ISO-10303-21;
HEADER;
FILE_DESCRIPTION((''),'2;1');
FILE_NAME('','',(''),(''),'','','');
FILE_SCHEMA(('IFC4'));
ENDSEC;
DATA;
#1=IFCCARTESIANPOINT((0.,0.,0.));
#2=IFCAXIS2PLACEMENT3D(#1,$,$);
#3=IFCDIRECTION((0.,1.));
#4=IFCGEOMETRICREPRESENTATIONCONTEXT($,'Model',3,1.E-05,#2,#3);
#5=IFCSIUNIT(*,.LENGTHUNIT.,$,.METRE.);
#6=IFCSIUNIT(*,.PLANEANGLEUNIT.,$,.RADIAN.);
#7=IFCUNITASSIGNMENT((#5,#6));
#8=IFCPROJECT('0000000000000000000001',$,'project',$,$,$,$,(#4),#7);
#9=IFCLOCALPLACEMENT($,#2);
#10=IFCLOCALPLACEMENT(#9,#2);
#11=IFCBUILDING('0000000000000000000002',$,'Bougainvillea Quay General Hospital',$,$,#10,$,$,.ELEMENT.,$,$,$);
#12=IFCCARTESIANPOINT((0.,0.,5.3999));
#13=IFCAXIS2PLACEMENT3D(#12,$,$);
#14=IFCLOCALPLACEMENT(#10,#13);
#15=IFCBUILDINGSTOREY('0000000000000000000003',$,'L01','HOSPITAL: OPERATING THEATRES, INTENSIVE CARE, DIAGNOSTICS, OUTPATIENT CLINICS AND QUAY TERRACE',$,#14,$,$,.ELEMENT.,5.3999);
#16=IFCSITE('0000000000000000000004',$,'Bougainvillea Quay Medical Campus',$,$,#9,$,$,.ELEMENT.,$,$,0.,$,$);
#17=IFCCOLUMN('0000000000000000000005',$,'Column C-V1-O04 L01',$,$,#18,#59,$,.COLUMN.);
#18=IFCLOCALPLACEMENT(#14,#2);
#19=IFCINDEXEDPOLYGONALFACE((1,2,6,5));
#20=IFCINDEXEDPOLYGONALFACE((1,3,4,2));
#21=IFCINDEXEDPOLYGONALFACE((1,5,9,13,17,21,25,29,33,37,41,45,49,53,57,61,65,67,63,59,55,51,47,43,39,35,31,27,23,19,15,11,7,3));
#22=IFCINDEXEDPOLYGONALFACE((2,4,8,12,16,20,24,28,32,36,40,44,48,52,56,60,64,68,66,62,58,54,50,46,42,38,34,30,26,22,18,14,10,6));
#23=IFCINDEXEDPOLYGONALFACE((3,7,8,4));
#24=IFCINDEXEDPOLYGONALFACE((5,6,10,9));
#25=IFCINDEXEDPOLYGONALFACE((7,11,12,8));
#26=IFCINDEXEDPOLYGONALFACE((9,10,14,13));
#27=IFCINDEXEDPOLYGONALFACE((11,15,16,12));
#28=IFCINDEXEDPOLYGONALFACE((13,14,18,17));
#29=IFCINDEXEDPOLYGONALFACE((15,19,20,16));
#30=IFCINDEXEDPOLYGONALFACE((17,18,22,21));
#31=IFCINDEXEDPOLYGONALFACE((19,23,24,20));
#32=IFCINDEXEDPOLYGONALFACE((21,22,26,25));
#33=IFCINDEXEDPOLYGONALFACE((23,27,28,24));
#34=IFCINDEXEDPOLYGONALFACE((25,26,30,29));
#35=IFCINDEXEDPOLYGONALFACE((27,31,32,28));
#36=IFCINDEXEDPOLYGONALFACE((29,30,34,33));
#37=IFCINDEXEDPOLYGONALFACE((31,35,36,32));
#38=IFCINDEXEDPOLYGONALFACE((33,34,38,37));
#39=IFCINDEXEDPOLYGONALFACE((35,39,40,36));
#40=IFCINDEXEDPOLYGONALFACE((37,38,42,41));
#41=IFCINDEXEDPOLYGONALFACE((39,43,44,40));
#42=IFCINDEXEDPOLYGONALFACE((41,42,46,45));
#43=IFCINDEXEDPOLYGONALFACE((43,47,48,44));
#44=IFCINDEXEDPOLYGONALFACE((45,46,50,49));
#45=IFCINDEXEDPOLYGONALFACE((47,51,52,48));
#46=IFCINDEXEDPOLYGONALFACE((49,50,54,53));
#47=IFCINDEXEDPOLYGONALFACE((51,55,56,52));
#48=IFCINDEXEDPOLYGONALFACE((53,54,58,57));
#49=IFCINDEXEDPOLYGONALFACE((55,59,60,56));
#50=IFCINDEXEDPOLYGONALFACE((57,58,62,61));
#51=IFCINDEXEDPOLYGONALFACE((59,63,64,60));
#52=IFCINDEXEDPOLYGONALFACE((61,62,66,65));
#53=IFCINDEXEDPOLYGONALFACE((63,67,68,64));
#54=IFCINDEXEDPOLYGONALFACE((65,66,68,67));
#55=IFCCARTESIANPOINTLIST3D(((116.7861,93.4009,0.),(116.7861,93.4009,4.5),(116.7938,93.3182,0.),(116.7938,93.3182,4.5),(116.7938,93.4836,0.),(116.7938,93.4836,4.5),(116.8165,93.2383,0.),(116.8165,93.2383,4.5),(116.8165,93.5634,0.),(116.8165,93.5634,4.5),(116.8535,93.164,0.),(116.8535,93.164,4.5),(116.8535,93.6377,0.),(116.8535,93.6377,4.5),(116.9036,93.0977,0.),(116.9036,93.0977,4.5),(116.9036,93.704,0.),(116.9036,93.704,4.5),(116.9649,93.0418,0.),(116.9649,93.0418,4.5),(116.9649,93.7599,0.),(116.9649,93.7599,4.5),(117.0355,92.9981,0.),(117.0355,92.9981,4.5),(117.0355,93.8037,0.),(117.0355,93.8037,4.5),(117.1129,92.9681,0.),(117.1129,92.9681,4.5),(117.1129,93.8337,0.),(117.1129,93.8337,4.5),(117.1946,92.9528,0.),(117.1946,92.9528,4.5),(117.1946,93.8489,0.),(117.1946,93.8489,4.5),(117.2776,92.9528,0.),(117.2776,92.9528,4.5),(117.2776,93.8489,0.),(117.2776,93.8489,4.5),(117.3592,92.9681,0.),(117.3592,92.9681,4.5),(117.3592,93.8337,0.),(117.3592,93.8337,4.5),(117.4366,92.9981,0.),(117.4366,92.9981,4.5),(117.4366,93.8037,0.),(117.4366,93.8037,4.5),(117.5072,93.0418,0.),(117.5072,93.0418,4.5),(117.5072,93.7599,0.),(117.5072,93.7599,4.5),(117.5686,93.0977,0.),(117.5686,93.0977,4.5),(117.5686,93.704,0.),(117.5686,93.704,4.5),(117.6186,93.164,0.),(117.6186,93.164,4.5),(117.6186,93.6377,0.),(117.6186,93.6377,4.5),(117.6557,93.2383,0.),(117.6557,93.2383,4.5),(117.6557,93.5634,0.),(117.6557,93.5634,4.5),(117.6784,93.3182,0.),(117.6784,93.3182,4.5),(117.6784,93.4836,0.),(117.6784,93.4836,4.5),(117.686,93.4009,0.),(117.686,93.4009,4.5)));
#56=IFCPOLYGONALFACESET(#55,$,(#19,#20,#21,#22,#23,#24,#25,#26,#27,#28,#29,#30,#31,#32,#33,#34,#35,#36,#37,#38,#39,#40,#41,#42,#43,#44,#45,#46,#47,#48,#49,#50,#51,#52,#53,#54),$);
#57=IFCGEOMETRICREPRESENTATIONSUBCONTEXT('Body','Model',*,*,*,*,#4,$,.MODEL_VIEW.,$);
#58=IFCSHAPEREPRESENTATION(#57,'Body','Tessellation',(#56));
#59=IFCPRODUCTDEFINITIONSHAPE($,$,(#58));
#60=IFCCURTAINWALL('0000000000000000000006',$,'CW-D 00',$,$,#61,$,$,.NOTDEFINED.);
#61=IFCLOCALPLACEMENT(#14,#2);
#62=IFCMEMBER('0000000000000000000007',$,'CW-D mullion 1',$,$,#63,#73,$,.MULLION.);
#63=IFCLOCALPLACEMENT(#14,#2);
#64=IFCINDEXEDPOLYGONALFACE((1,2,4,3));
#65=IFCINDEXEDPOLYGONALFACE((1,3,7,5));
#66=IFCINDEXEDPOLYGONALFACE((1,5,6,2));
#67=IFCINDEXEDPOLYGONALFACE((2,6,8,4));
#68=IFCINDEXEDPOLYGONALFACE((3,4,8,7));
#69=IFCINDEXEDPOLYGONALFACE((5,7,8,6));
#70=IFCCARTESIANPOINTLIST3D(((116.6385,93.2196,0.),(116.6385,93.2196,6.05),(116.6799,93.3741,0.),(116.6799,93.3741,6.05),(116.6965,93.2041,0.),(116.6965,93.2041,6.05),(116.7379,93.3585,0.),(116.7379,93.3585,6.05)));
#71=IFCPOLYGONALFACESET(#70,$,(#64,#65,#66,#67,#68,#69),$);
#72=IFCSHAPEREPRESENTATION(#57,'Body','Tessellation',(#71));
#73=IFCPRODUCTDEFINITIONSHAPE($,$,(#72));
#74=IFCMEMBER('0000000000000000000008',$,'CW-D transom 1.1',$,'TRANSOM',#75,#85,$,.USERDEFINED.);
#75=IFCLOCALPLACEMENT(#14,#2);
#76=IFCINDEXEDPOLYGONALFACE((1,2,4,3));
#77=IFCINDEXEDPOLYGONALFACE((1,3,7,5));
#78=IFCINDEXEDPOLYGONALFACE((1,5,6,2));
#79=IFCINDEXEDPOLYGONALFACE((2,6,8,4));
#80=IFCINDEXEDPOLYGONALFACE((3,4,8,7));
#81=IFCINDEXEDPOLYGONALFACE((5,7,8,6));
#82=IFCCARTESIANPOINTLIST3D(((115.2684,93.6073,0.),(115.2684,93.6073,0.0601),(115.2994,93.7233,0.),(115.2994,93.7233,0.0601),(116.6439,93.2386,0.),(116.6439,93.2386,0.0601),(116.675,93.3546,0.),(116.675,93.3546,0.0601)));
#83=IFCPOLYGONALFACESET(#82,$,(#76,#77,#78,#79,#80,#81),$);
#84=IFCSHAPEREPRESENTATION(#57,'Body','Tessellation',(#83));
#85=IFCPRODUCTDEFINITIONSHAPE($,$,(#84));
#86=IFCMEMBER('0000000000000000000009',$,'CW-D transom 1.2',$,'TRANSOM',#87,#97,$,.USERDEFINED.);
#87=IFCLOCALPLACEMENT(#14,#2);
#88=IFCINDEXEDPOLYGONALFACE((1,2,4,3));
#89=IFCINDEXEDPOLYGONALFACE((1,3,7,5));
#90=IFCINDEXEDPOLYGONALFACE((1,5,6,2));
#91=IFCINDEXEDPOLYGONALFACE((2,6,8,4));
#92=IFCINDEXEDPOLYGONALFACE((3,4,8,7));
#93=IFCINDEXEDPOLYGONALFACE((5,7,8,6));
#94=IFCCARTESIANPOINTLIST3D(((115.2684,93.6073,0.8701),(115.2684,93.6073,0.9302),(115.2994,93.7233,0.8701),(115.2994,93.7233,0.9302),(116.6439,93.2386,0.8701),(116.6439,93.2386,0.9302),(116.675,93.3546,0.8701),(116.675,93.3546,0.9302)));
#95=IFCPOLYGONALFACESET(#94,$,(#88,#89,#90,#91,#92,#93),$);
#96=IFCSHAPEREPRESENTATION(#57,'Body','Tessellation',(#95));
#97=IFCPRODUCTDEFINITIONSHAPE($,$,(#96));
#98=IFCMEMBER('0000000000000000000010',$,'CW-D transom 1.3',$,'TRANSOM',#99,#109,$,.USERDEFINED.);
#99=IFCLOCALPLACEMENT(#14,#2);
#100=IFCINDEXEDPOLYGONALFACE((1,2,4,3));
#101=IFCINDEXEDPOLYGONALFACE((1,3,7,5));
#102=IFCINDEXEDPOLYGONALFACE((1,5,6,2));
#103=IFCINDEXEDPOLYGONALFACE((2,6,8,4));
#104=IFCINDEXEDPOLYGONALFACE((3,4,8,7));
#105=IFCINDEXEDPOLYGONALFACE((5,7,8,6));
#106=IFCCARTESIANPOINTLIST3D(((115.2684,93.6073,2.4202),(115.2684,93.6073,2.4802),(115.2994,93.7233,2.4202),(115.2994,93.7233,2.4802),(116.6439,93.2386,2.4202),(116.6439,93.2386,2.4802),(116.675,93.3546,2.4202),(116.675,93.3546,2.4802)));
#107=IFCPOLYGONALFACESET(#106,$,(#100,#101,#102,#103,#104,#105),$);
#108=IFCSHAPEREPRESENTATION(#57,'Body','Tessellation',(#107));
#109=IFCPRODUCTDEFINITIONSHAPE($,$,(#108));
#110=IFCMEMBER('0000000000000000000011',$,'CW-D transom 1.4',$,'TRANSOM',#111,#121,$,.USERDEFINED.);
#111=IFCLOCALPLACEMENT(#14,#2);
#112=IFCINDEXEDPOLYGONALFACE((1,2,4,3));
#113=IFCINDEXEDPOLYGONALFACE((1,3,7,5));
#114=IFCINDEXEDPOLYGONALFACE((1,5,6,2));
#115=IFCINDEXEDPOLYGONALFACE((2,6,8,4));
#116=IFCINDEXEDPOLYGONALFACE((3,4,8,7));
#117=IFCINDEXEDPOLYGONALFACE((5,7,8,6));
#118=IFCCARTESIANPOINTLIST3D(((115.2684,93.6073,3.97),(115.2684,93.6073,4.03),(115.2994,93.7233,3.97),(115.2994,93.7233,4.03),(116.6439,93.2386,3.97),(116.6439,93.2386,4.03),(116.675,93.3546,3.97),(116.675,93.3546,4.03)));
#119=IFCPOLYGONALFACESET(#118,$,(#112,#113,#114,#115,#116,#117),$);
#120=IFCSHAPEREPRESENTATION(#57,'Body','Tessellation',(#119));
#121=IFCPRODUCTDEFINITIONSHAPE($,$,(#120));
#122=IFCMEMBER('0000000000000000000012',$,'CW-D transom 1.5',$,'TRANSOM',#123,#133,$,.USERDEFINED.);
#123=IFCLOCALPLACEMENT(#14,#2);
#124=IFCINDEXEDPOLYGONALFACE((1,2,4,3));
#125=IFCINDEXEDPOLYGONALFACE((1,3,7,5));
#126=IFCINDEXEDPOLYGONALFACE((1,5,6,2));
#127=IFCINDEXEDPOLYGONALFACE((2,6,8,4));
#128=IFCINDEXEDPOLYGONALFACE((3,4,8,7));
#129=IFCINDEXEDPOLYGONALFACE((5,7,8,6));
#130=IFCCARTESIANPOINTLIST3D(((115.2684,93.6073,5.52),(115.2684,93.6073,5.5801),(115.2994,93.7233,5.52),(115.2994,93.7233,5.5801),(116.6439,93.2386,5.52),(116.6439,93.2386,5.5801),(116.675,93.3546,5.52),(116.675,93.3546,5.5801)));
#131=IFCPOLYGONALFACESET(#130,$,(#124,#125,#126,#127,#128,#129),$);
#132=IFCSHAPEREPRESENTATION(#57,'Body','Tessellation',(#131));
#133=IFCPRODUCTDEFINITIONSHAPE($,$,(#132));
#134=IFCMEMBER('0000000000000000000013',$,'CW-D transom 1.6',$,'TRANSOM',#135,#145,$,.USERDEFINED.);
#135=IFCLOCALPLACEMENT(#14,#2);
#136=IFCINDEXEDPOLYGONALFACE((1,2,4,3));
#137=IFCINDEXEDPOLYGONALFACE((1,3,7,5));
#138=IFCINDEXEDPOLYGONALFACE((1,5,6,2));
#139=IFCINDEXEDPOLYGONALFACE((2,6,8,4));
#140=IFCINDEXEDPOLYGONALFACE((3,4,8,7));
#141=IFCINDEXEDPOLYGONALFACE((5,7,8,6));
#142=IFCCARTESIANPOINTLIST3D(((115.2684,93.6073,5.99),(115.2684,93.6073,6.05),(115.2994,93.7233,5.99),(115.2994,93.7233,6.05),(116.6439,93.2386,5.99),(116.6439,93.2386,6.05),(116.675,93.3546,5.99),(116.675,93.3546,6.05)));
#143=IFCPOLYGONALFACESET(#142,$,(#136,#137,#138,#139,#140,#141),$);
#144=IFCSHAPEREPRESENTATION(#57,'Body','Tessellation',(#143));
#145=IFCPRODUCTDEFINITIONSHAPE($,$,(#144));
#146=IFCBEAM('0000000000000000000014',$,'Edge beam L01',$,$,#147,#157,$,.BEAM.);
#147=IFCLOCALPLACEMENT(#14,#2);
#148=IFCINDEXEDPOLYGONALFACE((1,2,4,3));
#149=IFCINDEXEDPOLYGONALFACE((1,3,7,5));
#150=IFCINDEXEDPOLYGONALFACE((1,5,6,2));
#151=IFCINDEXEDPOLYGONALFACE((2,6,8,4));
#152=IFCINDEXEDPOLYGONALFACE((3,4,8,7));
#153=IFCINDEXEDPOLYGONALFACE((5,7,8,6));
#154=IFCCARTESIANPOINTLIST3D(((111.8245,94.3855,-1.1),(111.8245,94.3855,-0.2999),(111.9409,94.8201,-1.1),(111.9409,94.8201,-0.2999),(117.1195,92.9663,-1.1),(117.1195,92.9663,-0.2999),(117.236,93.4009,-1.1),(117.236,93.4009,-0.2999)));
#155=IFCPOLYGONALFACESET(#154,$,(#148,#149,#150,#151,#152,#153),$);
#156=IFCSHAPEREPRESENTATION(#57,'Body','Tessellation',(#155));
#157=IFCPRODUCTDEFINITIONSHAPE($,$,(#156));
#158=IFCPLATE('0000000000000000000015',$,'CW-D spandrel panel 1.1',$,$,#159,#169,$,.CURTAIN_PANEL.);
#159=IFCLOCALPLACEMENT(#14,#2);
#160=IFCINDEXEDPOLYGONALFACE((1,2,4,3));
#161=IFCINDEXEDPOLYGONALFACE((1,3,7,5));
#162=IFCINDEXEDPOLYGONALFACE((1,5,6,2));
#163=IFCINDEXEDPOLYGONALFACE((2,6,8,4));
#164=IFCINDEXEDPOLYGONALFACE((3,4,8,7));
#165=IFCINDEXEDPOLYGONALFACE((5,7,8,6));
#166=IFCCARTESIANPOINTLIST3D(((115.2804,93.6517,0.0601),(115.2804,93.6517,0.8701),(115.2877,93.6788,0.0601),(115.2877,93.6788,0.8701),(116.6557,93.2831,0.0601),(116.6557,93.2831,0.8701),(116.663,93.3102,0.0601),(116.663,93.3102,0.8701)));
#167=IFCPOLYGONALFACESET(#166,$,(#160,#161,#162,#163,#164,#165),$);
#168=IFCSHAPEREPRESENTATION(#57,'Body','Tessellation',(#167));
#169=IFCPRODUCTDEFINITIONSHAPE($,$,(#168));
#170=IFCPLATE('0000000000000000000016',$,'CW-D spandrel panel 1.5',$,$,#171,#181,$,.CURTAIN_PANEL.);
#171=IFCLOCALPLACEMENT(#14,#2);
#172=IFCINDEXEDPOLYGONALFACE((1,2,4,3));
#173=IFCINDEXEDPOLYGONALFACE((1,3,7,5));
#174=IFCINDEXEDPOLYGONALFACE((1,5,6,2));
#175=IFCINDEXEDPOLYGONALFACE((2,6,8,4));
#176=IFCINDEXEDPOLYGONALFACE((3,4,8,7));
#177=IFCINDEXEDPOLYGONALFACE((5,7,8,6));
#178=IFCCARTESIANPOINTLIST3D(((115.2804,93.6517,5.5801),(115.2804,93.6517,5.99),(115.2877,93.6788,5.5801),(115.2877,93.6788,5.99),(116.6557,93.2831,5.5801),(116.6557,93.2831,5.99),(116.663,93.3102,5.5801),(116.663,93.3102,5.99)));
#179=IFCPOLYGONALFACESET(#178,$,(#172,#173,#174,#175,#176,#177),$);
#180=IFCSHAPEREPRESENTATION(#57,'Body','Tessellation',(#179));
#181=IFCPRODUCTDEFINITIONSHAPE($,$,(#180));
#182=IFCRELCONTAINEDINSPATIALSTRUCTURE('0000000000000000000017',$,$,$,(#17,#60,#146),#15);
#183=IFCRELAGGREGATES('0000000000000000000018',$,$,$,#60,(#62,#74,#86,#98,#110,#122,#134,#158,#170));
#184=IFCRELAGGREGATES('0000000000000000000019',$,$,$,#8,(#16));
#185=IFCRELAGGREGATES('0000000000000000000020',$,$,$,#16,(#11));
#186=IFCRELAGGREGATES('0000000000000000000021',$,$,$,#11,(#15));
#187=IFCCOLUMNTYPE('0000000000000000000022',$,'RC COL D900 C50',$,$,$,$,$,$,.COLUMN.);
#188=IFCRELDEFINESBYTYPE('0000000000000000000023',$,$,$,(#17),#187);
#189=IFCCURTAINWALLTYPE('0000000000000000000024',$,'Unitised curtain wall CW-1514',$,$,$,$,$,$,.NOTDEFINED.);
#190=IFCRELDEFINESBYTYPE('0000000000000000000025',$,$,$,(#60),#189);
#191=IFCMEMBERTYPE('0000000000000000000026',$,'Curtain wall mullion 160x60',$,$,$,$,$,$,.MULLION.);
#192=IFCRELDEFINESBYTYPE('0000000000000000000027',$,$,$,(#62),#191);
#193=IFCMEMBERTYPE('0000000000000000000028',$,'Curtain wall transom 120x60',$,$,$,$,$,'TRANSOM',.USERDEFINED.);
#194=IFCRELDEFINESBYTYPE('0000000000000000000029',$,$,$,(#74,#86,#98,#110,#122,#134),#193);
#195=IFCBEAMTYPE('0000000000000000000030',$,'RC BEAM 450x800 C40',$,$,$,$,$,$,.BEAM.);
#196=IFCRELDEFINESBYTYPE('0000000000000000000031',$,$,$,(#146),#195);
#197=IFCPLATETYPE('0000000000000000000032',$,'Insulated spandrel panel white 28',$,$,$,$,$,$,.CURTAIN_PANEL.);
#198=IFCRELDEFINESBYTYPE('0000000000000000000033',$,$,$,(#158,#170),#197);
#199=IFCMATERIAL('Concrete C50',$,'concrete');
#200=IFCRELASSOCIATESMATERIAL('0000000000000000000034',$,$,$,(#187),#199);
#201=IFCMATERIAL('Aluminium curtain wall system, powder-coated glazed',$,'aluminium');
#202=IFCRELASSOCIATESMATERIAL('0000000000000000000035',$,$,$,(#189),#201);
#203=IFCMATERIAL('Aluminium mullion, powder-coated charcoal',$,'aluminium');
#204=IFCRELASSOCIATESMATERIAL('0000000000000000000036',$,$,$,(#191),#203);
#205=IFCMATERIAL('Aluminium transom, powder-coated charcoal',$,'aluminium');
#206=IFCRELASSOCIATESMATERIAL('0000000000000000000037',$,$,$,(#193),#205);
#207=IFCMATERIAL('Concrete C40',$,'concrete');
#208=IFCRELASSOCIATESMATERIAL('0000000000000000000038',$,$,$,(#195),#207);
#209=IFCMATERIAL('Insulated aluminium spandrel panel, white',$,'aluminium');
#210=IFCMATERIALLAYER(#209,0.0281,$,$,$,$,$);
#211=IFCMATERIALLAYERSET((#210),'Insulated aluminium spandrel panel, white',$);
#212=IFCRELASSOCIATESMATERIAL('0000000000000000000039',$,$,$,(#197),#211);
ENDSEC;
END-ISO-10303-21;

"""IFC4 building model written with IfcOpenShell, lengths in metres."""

from ifc_helpers import new_model, si_unit, direction, frame, origin, origin_2d, place, context, subcontext, project, spatial, rectangle, circle, extrude, material, layer, layer_set, material_profile, profile_set, type_object, element, aggregate, save


model = new_model("IFC4")

# Units and contexts
model_context = context("Model", 3, precision=1e-05, world=origin(), true_north=direction((0.0, 1.0)))
body_context = subcontext(model_context, "Body", "Model", "MODEL_VIEW")
ifc_project = project(units=[si_unit("LENGTHUNIT", "METRE"), si_unit("PLANEANGLEUNIT", "RADIAN")], contexts=[model_context])

# Site, building, storey
site_placement = place(None, origin())
site = spatial("IfcSite", under=ifc_project, at=site_placement, Name="Bougainvillea Quay Medical Campus", CompositionType="ELEMENT", RefElevation=0.0)
building_placement = place(site_placement, origin())
building = spatial("IfcBuilding", under=site, at=building_placement, Name="Bougainvillea Quay General Hospital", CompositionType="ELEMENT")
storey_placement = place(building_placement, frame((0.0, 0.0, 5.3999)))
storey = spatial("IfcBuildingStorey", under=building, at=storey_placement, Name="L01", Description="HOSPITAL: OPERATING THEATRES, INTENSIVE CARE, DIAGNOSTICS, OUTPATIENT CLINICS AND QUAY TERRACE", CompositionType="ELEMENT", Elevation=5.3999)

# Column
ifc_material_1 = material(Name="Concrete C50", Category="concrete")
ifc_material_profile_1 = material_profile(ifc_material_1, circle(Radius=0.45, at=origin_2d()))
ifc_profile_set_1 = profile_set([ifc_material_profile_1], Name="Concrete C50")
column_type = type_object("IfcColumnType", Name="RC COL D900 C50", PredefinedType="COLUMN", material=ifc_profile_set_1)
column_placement = place(storey_placement, frame((117.2361, 93.4009, 0.0), z_axis=(0.0, 0.0, 1.0), x_axis=(1.0, 0.0, 0.0)))
element("IfcColumn", 1, at=column_placement, inside=storey, type_object=column_type, Name="Column C-V1-O04 L01", PredefinedType="COLUMN", context=body_context, shape_type="SweptSolid", body=[
    extrude(circle(Radius=0.45, at=origin_2d()), origin(), (0.0, 0.0, 1.0), 4.5),
])

# Curtain wall, members
ifc_material_2 = material(Name="Aluminium curtain wall system, powder-coated glazed", Category="aluminium")
curtain_wall_type = type_object("IfcCurtainWallType", Name="Unitised curtain wall CW-1514", PredefinedType="NOTDEFINED", material=ifc_material_2)
curtain_wall_placement = place(storey_placement, origin())
curtain_wall = element("IfcCurtainWall", 2, at=curtain_wall_placement, inside=storey, type_object=curtain_wall_type, Name="CW-D 00", PredefinedType="NOTDEFINED")
ifc_material_3 = material(Name="Aluminium mullion, powder-coated charcoal", Category="aluminium")
ifc_material_profile_2 = material_profile(ifc_material_3, rectangle(XDim=0.1599, YDim=0.0601, at=origin_2d()))
ifc_profile_set_2 = profile_set([ifc_material_profile_2], Name="Aluminium mullion, powder-coated charcoal")
member_type_1 = type_object("IfcMemberType", Name="Curtain wall mullion 160x60", PredefinedType="MULLION", material=ifc_profile_set_2)
member_1_placement = place(storey_placement, frame((116.6882, 93.2891, 0.0), z_axis=(0.0, 0.0, 1.0), x_axis=(-0.258855, -0.965916, 0.0)))
member_1 = element("IfcMember", 3, at=member_1_placement, type_object=member_type_1, Name="CW-D mullion 1", PredefinedType="MULLION", context=body_context, shape_type="SweptSolid", body=[
    extrude(rectangle(XDim=0.1599, YDim=0.0601, at=origin_2d()), origin(), (0.0, 0.0, 1.0), 6.05),
])
ifc_material_4 = material(Name="Aluminium transom, powder-coated charcoal", Category="aluminium")
ifc_material_profile_3 = material_profile(ifc_material_4, rectangle(XDim=0.1201, YDim=0.0601, at=origin_2d()))
ifc_profile_set_3 = profile_set([ifc_material_profile_3], Name="Aluminium transom, powder-coated charcoal")
member_type_2 = type_object("IfcMemberType", Name="Curtain wall transom 120x60", ElementType="TRANSOM", PredefinedType="USERDEFINED", material=ifc_profile_set_3)
member_2_placement = place(storey_placement, frame((116.6594, 93.2966, 0.03), z_axis=(-0.96591, 0.258879, 0.0), x_axis=(-0.258879, -0.96591, 0.0)))
member_2 = element("IfcMember", 4, at=member_2_placement, type_object=member_type_2, Name="CW-D transom 1.1", ObjectType="TRANSOM", PredefinedType="USERDEFINED", context=body_context, shape_type="SweptSolid", body=[
    extrude(rectangle(XDim=0.1201, YDim=0.0601, at=origin_2d()), origin(), (0.0, 0.0, 1.0), 1.4241),
])
member_3_placement = place(storey_placement, frame((116.6594, 93.2966, 0.9001), z_axis=(-0.96591, 0.258879, 0.0), x_axis=(-0.258879, -0.96591, 0.0)))
member_3 = element("IfcMember", 5, at=member_3_placement, type_object=member_type_2, Name="CW-D transom 1.2", ObjectType="TRANSOM", PredefinedType="USERDEFINED", context=body_context, shape_type="SweptSolid", body=[
    extrude(rectangle(XDim=0.1201, YDim=0.0601, at=origin_2d()), origin(), (0.0, 0.0, 1.0), 1.4241),
])
member_4_placement = place(storey_placement, frame((116.6594, 93.2966, 2.4502), z_axis=(-0.96591, 0.258879, 0.0), x_axis=(-0.258879, -0.96591, 0.0)))
member_4 = element("IfcMember", 6, at=member_4_placement, type_object=member_type_2, Name="CW-D transom 1.3", ObjectType="TRANSOM", PredefinedType="USERDEFINED", context=body_context, shape_type="SweptSolid", body=[
    extrude(rectangle(XDim=0.1201, YDim=0.0601, at=origin_2d()), origin(), (0.0, 0.0, 1.0), 1.4241),
])
member_5_placement = place(storey_placement, frame((116.6594, 93.2966, 4.0), z_axis=(-0.96591, 0.258879, 0.0), x_axis=(-0.258879, -0.96591, 0.0)))
member_5 = element("IfcMember", 7, at=member_5_placement, type_object=member_type_2, Name="CW-D transom 1.4", ObjectType="TRANSOM", PredefinedType="USERDEFINED", context=body_context, shape_type="SweptSolid", body=[
    extrude(rectangle(XDim=0.1201, YDim=0.0601, at=origin_2d()), origin(), (0.0, 0.0, 1.0), 1.4241),
])
member_6_placement = place(storey_placement, frame((116.6594, 93.2966, 5.55), z_axis=(-0.96591, 0.258879, 0.0), x_axis=(-0.258879, -0.96591, 0.0)))
member_6 = element("IfcMember", 8, at=member_6_placement, type_object=member_type_2, Name="CW-D transom 1.5", ObjectType="TRANSOM", PredefinedType="USERDEFINED", context=body_context, shape_type="SweptSolid", body=[
    extrude(rectangle(XDim=0.1201, YDim=0.0601, at=origin_2d()), origin(), (0.0, 0.0, 1.0), 1.4241),
])
member_7_placement = place(storey_placement, frame((116.6594, 93.2966, 6.02), z_axis=(-0.96591, 0.258879, 0.0), x_axis=(-0.258879, -0.96591, 0.0)))
member_7 = element("IfcMember", 9, at=member_7_placement, type_object=member_type_2, Name="CW-D transom 1.6", ObjectType="TRANSOM", PredefinedType="USERDEFINED", context=body_context, shape_type="SweptSolid", body=[
    extrude(rectangle(XDim=0.1201, YDim=0.0601, at=origin_2d()), origin(), (0.0, 0.0, 1.0), 1.4241),
])

# Beam
ifc_material_5 = material(Name="Concrete C40", Category="concrete")
ifc_material_profile_4 = material_profile(ifc_material_5, rectangle(XDim=0.45, YDim=0.8, at=origin_2d()))
ifc_profile_set_4 = profile_set([ifc_material_profile_4], Name="Concrete C40")
beam_type = type_object("IfcBeamType", Name="RC BEAM 450x800 C40", PredefinedType="BEAM", material=ifc_profile_set_4)
beam_placement = place(storey_placement, frame((117.1777, 93.1836, -0.7), z_axis=(-0.965907, 0.25889, 0.0), x_axis=(-0.25889, -0.965907, 0.0)))
element("IfcBeam", 10, at=beam_placement, inside=storey, type_object=beam_type, Name="Edge beam L01", PredefinedType="BEAM", context=body_context, shape_type="SweptSolid", body=[
    extrude(rectangle(XDim=0.45, YDim=0.8, at=origin_2d()), origin(), (0.0, 0.0, 1.0), 5.4819),
])

# Plates
ifc_material_6 = material(Name="Insulated aluminium spandrel panel, white", Category="aluminium")
ifc_layer_1 = layer(ifc_material_6, 0.0281)
ifc_layer_set_1 = layer_set([ifc_layer_1], Name="Insulated aluminium spandrel panel, white")
plate_type_1 = type_object("IfcPlateType", Name="Insulated spandrel panel white 28", PredefinedType="CURTAIN_PANEL", material=ifc_layer_set_1)
plate_1_placement = place(storey_placement, frame((115.9717, 93.481, 0.0601), z_axis=(0.0, 0.0, 1.0), x_axis=(-0.965916, 0.258855, 0.0)))
plate_1 = element("IfcPlate", 11, at=plate_1_placement, type_object=plate_type_1, Name="CW-D spandrel panel 1.1", PredefinedType="CURTAIN_PANEL", context=body_context, shape_type="SweptSolid", body=[
    extrude(rectangle(XDim=1.4238, YDim=0.0281, at=origin_2d()), origin(), (0.0, 0.0, 1.0), 0.8101),
])
plate_2_placement = place(storey_placement, frame((115.9717, 93.481, 5.5801), z_axis=(0.0, 0.0, 1.0), x_axis=(-0.965916, 0.258855, 0.0)))
plate_2 = element("IfcPlate", 12, at=plate_2_placement, type_object=plate_type_1, Name="CW-D spandrel panel 1.5", PredefinedType="CURTAIN_PANEL", context=body_context, shape_type="SweptSolid", body=[
    extrude(rectangle(XDim=1.4238, YDim=0.0281, at=origin_2d()), origin(), (0.0, 0.0, 1.0), 0.4099),
])
aggregate(curtain_wall, [member_1, member_2, member_3, member_4, member_5, member_6, member_7, plate_1, plate_2])

save(model, "model.ifc")
